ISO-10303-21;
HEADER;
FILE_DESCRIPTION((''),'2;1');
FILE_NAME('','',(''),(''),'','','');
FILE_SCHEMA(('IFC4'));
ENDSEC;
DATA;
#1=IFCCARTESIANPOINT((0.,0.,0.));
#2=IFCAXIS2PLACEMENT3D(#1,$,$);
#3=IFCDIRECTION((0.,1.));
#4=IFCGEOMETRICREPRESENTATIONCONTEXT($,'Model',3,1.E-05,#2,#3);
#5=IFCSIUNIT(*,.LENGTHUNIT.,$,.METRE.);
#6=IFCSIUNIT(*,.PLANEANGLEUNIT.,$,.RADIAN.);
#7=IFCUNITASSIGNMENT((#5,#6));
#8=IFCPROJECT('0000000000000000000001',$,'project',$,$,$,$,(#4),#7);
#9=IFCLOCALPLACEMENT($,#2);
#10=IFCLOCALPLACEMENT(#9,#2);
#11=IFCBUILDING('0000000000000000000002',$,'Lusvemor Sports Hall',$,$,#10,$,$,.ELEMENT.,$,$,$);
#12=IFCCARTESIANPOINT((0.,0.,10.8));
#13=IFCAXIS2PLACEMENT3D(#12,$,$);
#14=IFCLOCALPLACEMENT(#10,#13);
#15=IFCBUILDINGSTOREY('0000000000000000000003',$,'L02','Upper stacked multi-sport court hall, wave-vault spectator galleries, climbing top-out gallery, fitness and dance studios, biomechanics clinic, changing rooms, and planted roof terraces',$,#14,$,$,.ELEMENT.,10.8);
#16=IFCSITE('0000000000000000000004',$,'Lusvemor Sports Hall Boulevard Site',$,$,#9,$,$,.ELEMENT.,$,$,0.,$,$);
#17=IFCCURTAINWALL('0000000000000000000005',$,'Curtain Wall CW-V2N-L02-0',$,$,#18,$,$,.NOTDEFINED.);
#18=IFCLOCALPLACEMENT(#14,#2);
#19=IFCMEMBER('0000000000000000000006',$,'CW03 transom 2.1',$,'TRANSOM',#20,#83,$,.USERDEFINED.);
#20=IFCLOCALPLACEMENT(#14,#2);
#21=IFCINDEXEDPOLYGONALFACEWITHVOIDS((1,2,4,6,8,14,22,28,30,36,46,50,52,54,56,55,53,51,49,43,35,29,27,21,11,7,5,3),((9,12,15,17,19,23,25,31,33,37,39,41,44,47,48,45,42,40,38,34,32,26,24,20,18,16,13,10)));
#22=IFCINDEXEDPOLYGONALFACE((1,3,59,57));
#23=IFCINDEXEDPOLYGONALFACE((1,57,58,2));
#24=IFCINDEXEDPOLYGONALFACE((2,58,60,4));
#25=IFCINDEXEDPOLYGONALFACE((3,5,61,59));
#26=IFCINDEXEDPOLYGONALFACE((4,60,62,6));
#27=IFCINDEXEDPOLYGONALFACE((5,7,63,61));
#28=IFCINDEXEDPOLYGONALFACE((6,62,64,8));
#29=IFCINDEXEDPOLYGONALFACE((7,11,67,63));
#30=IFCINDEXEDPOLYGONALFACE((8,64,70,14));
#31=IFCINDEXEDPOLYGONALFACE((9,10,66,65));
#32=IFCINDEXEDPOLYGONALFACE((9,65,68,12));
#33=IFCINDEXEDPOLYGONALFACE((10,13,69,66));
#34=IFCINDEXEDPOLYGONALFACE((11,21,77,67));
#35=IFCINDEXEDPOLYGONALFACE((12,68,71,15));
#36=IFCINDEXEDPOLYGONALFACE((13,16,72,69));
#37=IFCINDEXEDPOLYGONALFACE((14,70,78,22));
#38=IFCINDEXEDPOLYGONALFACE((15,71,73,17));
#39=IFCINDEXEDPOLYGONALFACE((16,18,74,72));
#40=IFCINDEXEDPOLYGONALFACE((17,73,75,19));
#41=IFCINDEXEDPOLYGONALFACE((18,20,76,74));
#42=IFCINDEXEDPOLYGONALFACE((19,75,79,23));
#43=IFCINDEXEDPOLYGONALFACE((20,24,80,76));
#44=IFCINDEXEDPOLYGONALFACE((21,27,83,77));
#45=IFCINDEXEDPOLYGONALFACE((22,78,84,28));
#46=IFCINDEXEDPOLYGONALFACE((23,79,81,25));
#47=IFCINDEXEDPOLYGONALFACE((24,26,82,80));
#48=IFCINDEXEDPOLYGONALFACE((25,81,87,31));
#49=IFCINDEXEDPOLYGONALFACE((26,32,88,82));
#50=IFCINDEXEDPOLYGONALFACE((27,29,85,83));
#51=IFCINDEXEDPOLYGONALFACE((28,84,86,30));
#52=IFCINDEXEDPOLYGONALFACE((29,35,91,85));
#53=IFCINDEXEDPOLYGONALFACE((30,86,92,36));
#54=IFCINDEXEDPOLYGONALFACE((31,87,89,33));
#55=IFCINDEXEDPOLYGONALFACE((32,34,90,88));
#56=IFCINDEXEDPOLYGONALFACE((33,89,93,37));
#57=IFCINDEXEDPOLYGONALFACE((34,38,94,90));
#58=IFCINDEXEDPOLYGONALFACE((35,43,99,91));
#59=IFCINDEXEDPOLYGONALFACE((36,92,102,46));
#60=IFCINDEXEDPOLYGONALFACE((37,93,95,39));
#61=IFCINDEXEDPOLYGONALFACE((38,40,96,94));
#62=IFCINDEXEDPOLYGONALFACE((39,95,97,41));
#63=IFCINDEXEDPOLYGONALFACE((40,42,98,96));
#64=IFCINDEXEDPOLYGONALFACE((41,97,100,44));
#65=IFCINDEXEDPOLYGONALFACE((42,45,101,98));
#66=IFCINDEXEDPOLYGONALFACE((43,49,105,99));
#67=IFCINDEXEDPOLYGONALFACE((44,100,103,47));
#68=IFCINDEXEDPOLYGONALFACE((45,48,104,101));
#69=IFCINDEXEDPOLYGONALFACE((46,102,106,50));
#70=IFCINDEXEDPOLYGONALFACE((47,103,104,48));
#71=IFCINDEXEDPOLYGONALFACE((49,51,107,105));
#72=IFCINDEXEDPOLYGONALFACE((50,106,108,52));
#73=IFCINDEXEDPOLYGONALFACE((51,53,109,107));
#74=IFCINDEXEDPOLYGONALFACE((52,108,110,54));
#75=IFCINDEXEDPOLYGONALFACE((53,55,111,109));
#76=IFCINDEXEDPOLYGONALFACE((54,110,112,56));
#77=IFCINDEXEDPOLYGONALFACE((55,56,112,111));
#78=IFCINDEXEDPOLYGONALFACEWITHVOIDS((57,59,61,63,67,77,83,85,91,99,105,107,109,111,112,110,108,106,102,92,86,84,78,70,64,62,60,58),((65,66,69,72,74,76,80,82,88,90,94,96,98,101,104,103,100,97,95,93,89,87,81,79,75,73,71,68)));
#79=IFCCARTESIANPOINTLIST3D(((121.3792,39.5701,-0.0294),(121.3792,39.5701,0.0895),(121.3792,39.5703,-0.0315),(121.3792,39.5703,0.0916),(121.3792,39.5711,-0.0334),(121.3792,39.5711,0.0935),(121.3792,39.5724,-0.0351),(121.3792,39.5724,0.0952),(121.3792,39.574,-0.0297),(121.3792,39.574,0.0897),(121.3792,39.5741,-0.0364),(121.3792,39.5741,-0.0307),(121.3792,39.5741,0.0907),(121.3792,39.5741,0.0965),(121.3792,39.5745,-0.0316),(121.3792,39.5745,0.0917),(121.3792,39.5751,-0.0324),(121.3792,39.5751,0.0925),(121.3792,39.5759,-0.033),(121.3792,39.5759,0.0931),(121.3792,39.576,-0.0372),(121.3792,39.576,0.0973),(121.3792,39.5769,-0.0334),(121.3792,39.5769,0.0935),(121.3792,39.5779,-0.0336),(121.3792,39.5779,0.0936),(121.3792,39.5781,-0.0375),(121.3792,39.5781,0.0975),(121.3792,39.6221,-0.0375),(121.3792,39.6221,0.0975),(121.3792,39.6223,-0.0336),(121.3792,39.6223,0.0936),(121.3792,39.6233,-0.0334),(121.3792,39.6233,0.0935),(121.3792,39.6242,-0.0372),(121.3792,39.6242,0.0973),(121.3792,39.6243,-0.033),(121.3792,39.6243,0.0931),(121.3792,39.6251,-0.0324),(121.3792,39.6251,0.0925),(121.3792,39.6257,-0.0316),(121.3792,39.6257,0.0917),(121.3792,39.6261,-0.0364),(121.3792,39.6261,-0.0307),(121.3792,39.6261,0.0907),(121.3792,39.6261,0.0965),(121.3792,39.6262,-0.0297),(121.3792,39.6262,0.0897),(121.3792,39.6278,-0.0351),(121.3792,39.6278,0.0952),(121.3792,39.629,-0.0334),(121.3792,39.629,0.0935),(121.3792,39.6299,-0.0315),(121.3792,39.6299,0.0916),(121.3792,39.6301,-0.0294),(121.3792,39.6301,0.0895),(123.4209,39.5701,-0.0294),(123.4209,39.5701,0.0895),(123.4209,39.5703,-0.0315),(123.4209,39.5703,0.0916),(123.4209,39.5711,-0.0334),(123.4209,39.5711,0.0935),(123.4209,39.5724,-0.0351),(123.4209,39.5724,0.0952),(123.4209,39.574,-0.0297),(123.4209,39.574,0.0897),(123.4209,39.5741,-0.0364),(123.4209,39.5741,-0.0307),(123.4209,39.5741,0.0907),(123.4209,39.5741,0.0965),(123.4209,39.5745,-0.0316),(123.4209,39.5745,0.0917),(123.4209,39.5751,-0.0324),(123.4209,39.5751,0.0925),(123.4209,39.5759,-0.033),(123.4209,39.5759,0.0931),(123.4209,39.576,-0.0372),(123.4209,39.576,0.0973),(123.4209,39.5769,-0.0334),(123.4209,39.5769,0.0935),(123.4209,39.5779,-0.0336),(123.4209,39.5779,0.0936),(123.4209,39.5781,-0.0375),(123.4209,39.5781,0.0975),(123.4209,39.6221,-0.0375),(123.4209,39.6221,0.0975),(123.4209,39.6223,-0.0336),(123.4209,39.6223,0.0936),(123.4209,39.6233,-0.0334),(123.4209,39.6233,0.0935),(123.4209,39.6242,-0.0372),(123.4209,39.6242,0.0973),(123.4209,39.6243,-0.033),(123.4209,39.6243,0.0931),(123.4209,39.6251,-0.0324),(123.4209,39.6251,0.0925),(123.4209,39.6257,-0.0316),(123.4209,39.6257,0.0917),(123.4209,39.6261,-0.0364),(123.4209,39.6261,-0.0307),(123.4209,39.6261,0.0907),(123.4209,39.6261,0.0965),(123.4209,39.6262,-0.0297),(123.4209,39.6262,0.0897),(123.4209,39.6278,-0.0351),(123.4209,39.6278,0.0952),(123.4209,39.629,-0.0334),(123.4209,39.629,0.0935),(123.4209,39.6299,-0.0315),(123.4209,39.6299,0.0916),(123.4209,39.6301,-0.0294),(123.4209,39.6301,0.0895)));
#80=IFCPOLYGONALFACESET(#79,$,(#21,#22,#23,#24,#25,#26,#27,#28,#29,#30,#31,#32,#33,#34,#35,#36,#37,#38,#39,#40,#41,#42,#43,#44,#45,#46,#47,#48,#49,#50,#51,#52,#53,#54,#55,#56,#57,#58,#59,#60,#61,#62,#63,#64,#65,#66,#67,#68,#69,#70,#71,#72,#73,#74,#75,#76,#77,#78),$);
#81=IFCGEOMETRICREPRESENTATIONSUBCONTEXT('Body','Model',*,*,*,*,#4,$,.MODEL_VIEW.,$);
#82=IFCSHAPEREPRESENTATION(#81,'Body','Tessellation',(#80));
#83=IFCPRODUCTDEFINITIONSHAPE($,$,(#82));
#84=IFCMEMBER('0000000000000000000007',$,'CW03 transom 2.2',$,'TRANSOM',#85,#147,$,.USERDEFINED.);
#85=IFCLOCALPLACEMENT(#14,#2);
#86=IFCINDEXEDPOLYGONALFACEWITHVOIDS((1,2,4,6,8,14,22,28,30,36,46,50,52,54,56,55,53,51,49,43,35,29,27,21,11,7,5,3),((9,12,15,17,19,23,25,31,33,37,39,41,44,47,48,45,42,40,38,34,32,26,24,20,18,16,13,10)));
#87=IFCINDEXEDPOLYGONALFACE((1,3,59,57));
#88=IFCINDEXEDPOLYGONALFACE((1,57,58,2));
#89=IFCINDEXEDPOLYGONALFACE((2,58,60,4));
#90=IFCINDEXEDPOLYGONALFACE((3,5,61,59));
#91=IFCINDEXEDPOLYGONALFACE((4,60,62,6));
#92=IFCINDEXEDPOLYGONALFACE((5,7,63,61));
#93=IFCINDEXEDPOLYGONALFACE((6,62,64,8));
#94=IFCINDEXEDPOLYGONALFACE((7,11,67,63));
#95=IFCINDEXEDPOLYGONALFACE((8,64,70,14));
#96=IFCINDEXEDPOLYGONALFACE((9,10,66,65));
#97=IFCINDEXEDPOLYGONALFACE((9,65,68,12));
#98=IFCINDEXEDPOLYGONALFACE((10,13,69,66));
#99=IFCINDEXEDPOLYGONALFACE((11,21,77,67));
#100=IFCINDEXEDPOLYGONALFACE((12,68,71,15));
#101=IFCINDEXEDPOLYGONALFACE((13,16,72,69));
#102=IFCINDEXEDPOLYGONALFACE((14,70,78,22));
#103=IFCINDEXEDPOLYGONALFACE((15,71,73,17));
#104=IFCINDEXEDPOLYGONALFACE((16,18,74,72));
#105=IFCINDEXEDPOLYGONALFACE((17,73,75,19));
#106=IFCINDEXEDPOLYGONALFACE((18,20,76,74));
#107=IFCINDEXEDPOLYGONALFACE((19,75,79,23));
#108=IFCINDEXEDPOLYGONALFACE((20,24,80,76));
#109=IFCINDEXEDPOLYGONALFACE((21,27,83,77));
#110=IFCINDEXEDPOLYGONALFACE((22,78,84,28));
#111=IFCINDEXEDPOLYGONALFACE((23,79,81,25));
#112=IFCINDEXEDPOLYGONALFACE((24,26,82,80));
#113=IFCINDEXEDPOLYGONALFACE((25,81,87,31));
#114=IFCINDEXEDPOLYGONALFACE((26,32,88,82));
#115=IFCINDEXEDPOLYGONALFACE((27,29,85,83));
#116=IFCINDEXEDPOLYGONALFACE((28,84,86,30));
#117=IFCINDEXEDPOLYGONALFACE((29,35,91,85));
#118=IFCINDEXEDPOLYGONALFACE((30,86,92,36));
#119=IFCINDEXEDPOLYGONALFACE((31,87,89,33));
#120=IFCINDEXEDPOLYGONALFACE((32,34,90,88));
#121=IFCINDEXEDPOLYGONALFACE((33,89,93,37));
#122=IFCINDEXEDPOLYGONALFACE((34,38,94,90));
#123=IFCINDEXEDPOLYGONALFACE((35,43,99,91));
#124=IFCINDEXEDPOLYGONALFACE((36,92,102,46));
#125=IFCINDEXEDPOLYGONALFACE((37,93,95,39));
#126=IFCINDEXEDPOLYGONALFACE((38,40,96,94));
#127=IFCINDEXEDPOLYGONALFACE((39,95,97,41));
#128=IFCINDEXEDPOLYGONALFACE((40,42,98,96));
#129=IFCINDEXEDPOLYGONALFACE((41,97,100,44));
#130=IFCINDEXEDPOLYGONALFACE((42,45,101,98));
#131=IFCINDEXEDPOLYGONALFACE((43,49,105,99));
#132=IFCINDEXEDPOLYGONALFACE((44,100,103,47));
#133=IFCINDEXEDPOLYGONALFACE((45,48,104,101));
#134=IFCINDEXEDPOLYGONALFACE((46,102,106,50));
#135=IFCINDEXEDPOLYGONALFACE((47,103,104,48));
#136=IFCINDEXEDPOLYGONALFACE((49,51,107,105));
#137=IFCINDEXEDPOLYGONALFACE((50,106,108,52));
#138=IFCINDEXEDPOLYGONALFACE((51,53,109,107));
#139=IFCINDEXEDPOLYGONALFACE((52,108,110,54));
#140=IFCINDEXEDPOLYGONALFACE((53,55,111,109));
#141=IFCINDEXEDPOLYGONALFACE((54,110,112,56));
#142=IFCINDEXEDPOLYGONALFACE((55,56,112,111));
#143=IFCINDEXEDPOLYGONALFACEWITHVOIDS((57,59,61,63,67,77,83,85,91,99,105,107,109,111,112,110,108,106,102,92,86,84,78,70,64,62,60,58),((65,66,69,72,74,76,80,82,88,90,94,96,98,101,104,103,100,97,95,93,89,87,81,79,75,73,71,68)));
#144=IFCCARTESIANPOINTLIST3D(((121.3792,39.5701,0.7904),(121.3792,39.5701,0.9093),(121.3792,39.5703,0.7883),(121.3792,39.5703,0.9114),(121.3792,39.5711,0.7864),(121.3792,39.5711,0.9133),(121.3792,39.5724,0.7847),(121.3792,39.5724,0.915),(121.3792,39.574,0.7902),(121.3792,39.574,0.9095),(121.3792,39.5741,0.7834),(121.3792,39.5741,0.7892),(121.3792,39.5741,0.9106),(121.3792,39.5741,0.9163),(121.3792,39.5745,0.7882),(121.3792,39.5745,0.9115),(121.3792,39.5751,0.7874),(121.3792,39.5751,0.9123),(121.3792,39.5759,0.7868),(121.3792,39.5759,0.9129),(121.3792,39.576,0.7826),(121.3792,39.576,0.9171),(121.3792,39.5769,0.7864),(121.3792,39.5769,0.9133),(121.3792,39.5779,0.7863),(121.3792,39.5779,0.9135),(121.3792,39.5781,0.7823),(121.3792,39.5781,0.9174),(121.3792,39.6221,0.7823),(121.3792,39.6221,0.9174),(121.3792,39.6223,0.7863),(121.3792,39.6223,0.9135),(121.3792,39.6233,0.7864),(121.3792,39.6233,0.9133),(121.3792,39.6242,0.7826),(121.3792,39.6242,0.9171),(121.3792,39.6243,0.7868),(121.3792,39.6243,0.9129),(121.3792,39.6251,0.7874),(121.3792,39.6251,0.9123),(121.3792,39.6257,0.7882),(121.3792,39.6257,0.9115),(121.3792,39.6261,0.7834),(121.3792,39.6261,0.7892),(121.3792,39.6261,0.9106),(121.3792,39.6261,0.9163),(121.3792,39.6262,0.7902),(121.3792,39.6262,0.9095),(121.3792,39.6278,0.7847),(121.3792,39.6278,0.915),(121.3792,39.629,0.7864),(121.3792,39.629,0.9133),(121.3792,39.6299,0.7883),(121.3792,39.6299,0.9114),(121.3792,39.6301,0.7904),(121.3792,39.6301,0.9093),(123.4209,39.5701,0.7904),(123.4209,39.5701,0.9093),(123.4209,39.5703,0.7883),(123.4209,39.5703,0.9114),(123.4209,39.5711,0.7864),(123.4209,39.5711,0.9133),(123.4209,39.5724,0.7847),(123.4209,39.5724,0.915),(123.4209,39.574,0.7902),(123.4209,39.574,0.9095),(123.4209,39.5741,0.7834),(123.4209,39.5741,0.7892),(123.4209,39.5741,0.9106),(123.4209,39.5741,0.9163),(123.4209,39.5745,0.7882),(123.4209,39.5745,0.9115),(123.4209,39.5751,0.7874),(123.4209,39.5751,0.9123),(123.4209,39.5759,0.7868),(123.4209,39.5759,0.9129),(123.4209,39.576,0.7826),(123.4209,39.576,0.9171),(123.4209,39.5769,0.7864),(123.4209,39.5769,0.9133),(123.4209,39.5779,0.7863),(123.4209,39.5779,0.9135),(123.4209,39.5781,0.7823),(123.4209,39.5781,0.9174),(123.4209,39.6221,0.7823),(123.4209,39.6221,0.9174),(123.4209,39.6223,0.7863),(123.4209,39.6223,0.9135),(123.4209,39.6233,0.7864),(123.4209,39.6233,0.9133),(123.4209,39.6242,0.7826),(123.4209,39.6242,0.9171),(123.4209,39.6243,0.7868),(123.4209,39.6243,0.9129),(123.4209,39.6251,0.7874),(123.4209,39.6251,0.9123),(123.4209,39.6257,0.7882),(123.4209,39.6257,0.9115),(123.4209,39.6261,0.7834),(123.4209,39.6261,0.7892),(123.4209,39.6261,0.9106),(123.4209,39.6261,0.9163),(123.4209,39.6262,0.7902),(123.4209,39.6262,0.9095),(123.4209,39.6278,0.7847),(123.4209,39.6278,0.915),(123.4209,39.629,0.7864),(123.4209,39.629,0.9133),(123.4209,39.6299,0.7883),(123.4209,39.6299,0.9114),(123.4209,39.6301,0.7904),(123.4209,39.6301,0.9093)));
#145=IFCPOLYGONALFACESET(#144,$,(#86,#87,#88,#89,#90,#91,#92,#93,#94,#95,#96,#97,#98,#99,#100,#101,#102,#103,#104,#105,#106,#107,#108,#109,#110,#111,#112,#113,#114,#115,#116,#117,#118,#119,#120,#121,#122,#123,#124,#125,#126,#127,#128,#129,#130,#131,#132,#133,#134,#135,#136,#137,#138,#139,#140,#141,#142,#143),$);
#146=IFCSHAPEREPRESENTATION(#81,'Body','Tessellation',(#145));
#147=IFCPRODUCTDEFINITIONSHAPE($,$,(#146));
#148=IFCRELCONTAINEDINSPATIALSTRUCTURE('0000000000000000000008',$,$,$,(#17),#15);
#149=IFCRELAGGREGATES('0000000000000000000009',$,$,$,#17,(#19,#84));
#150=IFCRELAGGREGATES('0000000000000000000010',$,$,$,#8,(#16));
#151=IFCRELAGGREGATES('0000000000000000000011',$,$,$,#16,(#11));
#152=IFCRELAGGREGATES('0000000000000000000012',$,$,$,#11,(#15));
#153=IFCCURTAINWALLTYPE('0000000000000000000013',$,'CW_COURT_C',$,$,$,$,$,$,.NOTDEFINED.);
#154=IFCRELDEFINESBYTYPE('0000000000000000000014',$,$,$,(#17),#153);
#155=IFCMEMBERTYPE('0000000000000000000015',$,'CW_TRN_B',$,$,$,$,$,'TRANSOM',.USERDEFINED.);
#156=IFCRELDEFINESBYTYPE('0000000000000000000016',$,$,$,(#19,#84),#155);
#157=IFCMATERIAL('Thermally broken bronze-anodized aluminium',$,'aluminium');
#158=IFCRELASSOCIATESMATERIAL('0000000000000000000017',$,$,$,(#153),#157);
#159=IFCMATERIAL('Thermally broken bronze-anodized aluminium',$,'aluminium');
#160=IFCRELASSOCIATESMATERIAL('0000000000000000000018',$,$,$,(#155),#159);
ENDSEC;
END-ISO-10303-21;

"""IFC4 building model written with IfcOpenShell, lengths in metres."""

from ifc_helpers import new_model, si_unit, direction, frame, origin, origin_2d, place, context, subcontext, project, spatial, hollow_rectangle, extrude, material, material_profile, profile_set, type_object, element, aggregate, save


model = new_model("IFC4")

# Units and contexts
model_context = context("Model", 3, precision=1e-05, world=origin(), true_north=direction((0.0, 1.0)))
body_context = subcontext(model_context, "Body", "Model", "MODEL_VIEW")
ifc_project = project(units=[si_unit("LENGTHUNIT", "METRE"), si_unit("PLANEANGLEUNIT", "RADIAN")], contexts=[model_context])

# Site, building, storey
site_placement = place(None, origin())
site = spatial("IfcSite", under=ifc_project, at=site_placement, Name="Lusvemor Sports Hall Boulevard Site", CompositionType="ELEMENT", RefElevation=0.0)
building_placement = place(site_placement, origin())
building = spatial("IfcBuilding", under=site, at=building_placement, Name="Lusvemor Sports Hall", CompositionType="ELEMENT")
storey_placement = place(building_placement, frame((0.0, 0.0, 10.8)))
storey = spatial("IfcBuildingStorey", under=building, at=storey_placement, Name="L02", Description="Upper stacked multi-sport court hall, wave-vault spectator galleries, climbing top-out gallery, fitness and dance studios, biomechanics clinic, changing rooms, and planted roof terraces", CompositionType="ELEMENT", Elevation=10.8)

# Curtain wall
ifc_material_1 = material(Name="Thermally broken bronze-anodized aluminium", Category="aluminium")
curtain_wall_type = type_object("IfcCurtainWallType", Name="CW_COURT_C", PredefinedType="NOTDEFINED", material=ifc_material_1)
curtain_wall_1_placement = place(storey_placement, origin())
curtain_wall_1 = element("IfcCurtainWall", 1, at=curtain_wall_1_placement, inside=storey, type_object=curtain_wall_type, Name="Curtain Wall CW-V2N-L02-0", PredefinedType="NOTDEFINED")

# Members
ifc_material_2 = material(Name="Thermally broken bronze-anodized aluminium", Category="aluminium")
ifc_material_profile_1 = material_profile(ifc_material_2, hollow_rectangle(XDim=0.0601, YDim=0.135, WallThickness=0.0039, InnerFilletRadius=0.0039, OuterFilletRadius=0.0081, at=origin_2d()), Name="CWTRN135x60x4")
ifc_profile_set_1 = profile_set([ifc_material_profile_1], Name="Thermally broken bronze-anodized aluminium")
member_type_1 = type_object("IfcMemberType", Name="CW_TRN_B", ElementType="TRANSOM", PredefinedType="USERDEFINED", material=ifc_profile_set_1)
member_1_placement = place(storey_placement, frame((121.3792, 39.6001, 0.03), z_axis=(1.0, 0.0, 0.0), x_axis=(0.0, 1.0, 0.0)))
member_1 = element("IfcMember", 2, at=member_1_placement, type_object=member_type_1, Name="CW03 transom 2.1", ObjectType="TRANSOM", PredefinedType="USERDEFINED", context=body_context, shape_type="SweptSolid", body=[
    extrude(hollow_rectangle(XDim=0.0601, YDim=0.135, WallThickness=0.0039, InnerFilletRadius=0.0039, OuterFilletRadius=0.0081, at=origin_2d()), origin(), (0.0, 0.0, 1.0), 2.0417),
])
member_2_placement = place(storey_placement, frame((121.3792, 39.6001, 0.8499), z_axis=(1.0, 0.0, 0.0), x_axis=(0.0, 1.0, 0.0)))
member_2 = element("IfcMember", 3, at=member_2_placement, type_object=member_type_1, Name="CW03 transom 2.2", ObjectType="TRANSOM", PredefinedType="USERDEFINED", context=body_context, shape_type="SweptSolid", body=[
    extrude(hollow_rectangle(XDim=0.0601, YDim=0.135, WallThickness=0.0039, InnerFilletRadius=0.0039, OuterFilletRadius=0.0081, at=origin_2d()), origin(), (0.0, 0.0, 1.0), 2.0417),
])

aggregate(curtain_wall_1, [member_1, member_2])

save(model, "model.ifc")
